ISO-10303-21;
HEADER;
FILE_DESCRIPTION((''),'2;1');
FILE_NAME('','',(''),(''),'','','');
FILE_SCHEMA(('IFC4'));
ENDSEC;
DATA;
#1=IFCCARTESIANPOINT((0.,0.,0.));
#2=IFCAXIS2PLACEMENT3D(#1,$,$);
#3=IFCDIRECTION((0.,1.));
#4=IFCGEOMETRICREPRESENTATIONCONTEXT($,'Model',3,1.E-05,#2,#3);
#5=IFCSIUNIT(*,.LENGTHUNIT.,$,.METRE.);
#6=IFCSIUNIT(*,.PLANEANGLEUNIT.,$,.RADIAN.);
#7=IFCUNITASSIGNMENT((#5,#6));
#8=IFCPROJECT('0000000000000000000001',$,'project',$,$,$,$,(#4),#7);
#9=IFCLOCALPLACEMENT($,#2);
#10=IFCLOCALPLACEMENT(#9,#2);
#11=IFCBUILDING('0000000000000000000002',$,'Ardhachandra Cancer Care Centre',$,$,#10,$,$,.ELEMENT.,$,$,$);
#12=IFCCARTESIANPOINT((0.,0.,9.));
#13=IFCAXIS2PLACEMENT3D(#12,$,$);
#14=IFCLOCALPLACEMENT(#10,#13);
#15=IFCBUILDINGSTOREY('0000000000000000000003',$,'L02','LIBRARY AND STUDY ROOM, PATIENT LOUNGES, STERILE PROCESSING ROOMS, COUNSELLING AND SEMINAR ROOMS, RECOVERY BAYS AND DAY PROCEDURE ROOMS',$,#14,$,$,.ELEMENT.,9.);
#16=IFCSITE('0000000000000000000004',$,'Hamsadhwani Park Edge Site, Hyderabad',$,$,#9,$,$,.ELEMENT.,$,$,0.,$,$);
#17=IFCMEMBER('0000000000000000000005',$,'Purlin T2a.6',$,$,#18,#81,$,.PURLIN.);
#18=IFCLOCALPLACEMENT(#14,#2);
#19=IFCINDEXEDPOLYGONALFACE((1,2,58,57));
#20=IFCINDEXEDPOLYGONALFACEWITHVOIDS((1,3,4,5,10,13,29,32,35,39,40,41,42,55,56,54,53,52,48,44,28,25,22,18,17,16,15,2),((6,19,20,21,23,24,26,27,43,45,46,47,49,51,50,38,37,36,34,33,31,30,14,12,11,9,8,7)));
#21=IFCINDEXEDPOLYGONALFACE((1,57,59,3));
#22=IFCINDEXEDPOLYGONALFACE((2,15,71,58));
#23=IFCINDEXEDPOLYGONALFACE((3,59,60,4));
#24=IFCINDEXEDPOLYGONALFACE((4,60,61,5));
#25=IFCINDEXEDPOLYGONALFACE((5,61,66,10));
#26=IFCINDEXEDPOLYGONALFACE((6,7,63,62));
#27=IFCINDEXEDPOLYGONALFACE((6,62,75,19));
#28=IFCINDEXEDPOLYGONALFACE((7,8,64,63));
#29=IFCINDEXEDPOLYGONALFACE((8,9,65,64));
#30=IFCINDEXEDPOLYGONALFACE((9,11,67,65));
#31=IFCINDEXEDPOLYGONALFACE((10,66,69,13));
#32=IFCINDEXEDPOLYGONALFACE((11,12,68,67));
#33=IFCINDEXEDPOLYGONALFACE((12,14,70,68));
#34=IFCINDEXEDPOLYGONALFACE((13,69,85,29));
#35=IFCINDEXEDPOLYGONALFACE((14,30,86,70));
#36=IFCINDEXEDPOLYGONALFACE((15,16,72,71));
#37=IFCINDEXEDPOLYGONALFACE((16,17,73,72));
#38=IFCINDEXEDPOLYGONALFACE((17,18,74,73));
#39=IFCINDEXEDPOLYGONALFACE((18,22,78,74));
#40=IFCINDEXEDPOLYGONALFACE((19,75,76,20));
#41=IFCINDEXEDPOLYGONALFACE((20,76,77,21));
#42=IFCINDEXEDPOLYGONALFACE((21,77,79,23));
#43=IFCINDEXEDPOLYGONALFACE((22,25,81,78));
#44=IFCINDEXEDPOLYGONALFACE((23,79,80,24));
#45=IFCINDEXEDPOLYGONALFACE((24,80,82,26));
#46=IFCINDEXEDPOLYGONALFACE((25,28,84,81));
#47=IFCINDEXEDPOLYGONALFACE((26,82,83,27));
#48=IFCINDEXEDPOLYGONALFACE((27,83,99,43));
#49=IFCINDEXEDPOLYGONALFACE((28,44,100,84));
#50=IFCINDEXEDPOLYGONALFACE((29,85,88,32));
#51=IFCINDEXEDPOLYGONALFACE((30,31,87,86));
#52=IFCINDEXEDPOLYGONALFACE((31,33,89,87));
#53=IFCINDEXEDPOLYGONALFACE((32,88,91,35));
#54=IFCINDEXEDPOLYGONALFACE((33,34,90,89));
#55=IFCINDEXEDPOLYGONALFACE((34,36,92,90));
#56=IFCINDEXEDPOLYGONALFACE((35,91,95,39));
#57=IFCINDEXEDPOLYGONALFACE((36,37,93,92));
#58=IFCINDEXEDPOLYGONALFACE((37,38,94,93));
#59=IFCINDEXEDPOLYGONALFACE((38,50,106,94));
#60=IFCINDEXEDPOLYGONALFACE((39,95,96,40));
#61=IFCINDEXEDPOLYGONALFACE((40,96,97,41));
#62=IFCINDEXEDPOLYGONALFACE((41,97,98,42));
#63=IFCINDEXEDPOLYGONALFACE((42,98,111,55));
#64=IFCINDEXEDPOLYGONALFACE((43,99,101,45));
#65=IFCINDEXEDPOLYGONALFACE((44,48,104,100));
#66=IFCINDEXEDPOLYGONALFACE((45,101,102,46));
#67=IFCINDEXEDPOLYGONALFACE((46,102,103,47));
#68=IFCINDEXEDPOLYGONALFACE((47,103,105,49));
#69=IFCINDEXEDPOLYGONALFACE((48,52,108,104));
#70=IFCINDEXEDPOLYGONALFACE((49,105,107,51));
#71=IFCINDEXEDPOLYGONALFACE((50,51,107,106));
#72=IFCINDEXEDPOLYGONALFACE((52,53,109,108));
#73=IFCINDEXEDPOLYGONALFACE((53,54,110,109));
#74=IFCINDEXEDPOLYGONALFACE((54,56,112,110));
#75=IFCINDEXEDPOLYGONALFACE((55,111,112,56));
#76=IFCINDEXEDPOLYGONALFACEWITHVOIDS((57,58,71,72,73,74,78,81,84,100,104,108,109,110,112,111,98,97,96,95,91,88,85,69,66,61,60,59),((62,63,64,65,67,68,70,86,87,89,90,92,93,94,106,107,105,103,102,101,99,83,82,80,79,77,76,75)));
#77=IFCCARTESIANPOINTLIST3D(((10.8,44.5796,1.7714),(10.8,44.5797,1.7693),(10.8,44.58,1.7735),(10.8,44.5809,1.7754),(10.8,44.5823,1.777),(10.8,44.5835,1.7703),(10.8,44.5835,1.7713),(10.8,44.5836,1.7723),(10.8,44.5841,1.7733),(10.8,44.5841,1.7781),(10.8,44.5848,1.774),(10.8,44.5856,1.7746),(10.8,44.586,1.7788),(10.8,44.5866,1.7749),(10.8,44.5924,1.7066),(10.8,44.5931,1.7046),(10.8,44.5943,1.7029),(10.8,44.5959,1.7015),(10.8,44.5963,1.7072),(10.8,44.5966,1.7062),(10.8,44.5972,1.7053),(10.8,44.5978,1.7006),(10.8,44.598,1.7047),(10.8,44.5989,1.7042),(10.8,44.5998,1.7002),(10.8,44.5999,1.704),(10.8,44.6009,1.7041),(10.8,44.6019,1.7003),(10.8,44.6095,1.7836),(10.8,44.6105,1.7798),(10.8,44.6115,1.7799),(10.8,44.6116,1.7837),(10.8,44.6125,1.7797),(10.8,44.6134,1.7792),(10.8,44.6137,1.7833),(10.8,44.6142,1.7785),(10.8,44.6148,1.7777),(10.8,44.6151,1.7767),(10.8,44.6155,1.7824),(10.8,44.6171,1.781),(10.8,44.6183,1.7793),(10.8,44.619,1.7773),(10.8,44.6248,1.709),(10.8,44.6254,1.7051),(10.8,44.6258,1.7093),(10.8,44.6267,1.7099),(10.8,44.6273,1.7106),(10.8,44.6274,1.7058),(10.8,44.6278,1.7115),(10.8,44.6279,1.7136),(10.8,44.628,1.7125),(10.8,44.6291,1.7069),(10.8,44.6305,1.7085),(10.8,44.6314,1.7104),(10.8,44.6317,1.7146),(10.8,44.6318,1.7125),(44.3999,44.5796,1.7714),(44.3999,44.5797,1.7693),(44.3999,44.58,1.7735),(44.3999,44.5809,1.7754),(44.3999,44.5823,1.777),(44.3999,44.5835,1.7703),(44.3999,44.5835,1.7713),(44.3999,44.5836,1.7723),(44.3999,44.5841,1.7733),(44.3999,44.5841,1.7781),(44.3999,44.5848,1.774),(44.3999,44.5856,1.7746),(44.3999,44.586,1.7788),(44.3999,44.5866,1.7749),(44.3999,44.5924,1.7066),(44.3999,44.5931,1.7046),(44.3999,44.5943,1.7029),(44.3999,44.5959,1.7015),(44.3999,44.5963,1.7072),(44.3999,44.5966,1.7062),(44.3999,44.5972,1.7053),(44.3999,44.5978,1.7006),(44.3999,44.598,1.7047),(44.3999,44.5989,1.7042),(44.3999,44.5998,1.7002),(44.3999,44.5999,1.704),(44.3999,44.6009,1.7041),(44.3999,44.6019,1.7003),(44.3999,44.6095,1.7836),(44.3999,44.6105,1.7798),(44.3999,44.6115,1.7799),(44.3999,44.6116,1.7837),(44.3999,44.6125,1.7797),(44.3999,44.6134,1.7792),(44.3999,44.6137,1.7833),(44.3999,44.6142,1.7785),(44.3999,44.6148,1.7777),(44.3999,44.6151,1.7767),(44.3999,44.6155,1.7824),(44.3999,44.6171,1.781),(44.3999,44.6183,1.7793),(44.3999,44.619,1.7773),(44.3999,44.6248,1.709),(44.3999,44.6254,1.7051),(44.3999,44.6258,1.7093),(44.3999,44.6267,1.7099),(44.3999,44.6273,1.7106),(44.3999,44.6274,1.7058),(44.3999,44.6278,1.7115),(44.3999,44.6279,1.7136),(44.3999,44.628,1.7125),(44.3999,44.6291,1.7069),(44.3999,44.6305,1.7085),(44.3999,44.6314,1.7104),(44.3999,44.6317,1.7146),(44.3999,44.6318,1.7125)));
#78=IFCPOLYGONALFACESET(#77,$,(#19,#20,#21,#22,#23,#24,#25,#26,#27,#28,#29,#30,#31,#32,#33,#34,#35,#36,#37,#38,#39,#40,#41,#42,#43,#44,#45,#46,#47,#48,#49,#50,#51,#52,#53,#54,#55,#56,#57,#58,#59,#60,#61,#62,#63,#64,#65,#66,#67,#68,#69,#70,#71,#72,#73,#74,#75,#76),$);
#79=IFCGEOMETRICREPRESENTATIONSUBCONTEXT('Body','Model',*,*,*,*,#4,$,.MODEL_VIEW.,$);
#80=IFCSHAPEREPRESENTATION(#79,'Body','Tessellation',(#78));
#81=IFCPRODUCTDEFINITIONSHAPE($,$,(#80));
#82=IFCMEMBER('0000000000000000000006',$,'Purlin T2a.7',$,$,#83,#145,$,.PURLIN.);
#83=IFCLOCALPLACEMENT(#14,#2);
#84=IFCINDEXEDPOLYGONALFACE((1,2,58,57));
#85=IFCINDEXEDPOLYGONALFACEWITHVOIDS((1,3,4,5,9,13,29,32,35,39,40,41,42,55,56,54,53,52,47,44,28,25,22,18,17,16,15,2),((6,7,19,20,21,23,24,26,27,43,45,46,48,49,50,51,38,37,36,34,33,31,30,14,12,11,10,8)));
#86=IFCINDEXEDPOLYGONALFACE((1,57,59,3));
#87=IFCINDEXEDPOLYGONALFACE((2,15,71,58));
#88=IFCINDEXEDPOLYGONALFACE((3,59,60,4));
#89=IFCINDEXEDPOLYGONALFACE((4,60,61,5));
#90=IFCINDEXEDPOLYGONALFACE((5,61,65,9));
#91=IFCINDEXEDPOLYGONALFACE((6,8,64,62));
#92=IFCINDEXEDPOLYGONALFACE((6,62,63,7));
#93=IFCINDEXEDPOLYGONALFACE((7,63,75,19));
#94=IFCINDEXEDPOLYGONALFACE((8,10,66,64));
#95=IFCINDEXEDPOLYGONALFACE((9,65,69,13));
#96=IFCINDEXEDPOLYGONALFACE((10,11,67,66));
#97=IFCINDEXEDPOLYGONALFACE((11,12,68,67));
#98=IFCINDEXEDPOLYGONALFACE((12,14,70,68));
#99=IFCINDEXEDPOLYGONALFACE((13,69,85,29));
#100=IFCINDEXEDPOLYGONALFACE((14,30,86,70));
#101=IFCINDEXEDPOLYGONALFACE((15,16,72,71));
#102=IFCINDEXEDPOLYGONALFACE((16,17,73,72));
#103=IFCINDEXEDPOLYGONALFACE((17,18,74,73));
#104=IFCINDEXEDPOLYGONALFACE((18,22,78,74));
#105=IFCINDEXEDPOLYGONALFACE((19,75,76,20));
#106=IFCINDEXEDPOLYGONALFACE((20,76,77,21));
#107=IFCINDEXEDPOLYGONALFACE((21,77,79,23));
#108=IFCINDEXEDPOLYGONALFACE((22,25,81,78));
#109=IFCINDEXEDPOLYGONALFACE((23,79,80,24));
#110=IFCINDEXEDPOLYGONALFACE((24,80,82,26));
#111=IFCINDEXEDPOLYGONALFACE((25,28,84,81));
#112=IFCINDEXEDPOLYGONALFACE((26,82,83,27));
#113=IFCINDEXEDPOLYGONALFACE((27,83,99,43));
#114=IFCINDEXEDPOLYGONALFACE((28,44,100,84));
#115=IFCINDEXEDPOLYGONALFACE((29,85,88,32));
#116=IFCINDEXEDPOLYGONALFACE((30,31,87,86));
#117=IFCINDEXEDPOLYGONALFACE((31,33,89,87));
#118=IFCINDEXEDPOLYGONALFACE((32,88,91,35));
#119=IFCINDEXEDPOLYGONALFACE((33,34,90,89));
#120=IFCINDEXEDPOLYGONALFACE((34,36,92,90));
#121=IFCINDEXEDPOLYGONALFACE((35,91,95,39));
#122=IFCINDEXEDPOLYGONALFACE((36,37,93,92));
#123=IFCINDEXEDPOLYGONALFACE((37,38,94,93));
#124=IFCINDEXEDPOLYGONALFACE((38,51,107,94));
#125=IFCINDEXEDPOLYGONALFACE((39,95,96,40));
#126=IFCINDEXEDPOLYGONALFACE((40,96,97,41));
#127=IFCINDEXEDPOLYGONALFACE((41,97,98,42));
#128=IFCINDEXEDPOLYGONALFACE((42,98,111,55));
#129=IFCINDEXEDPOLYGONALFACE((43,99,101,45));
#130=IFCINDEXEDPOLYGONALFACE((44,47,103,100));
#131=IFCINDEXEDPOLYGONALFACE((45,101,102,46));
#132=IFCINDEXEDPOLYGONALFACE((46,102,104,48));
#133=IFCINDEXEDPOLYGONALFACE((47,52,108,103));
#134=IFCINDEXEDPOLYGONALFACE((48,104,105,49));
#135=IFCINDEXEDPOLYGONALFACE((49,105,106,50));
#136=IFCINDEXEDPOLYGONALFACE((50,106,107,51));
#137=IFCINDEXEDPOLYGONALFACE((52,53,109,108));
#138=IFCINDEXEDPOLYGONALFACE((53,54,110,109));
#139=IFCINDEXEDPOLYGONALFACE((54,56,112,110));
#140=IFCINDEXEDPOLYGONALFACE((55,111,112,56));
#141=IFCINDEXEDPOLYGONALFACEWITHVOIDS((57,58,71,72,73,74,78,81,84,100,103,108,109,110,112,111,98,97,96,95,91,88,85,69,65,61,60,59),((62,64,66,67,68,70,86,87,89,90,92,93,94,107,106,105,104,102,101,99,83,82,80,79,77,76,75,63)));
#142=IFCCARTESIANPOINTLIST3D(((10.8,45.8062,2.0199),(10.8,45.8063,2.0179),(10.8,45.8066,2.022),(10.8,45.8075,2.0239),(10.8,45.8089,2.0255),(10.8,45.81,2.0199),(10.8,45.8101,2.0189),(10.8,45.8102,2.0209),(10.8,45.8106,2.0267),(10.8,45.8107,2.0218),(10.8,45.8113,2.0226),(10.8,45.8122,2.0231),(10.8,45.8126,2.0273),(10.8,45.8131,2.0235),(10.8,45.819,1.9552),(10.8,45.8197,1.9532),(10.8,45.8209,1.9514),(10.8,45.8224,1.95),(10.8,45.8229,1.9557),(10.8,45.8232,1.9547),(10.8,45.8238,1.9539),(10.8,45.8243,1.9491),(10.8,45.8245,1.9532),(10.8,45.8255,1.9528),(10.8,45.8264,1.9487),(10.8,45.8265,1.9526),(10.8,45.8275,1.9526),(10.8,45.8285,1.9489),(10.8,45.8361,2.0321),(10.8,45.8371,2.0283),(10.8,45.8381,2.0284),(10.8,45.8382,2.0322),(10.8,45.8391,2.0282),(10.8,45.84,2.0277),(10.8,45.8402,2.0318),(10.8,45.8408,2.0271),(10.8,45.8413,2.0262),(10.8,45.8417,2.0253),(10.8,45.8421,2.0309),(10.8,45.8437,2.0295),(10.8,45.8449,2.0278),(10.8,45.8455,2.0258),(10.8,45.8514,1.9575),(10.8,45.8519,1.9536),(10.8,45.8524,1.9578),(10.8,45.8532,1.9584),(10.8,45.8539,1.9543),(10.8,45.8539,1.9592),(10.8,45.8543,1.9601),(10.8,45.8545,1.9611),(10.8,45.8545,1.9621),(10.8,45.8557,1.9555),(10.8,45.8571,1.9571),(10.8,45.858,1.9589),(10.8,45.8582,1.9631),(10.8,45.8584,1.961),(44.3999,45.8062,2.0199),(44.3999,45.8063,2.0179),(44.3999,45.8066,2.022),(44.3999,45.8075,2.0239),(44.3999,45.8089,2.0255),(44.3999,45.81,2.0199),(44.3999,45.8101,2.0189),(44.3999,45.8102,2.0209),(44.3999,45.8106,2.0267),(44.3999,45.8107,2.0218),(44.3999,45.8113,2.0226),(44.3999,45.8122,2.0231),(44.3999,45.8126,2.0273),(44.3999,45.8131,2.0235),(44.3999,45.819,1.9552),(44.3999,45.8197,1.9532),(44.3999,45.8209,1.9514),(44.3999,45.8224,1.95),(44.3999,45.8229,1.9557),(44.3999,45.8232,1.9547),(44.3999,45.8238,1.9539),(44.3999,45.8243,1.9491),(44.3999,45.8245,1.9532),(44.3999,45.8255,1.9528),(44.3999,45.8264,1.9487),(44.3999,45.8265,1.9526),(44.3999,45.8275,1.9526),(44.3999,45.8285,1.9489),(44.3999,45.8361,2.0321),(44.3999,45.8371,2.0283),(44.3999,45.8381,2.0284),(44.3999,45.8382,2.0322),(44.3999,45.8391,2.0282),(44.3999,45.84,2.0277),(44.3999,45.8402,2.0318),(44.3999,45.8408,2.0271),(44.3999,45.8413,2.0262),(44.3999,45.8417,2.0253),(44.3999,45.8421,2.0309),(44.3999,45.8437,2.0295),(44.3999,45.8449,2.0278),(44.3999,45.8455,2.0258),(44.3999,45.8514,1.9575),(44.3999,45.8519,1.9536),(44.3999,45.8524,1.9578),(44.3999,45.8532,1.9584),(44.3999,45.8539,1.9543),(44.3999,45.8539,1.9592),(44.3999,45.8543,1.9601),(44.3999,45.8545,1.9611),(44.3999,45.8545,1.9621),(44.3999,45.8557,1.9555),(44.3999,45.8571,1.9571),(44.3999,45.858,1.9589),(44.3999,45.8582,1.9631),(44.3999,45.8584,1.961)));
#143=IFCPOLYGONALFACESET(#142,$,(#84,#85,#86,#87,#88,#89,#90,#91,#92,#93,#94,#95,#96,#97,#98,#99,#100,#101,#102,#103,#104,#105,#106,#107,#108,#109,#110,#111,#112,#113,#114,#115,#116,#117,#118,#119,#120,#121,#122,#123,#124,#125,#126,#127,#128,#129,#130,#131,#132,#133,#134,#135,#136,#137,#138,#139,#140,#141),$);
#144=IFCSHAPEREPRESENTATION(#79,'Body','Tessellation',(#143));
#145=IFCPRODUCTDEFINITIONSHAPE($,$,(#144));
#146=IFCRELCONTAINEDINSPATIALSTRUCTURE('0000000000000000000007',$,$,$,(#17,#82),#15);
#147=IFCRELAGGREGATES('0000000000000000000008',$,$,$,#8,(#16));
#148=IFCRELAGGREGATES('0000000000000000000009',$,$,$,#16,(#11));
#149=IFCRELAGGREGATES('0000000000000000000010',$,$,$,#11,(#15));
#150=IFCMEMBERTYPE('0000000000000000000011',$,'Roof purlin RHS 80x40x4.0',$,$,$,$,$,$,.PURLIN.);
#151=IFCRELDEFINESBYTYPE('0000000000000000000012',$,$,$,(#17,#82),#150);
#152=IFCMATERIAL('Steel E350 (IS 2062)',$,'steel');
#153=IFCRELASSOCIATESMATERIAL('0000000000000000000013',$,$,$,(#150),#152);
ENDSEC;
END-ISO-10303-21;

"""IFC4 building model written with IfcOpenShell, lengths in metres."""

from ifc_helpers import new_model, si_unit, direction, frame, origin, origin_2d, place, context, subcontext, project, spatial, hollow_rectangle, extrude, material, material_profile, profile_set, type_object, element, save


model = new_model("IFC4")

# Units and contexts
model_context = context("Model", 3, precision=1e-05, world=origin(), true_north=direction((0.0, 1.0)))
body_context = subcontext(model_context, "Body", "Model", "MODEL_VIEW")
ifc_project = project(units=[si_unit("LENGTHUNIT", "METRE"), si_unit("PLANEANGLEUNIT", "RADIAN")], contexts=[model_context])

# Site, building, storey
site_placement = place(None, origin())
site = spatial("IfcSite", under=ifc_project, at=site_placement, Name="Hamsadhwani Park Edge Site, Hyderabad", CompositionType="ELEMENT", RefElevation=0.0)
building_placement = place(site_placement, origin())
building = spatial("IfcBuilding", under=site, at=building_placement, Name="Ardhachandra Cancer Care Centre", CompositionType="ELEMENT")
storey_placement = place(building_placement, frame((0.0, 0.0, 9.0)))
storey = spatial("IfcBuildingStorey", under=building, at=storey_placement, Name="L02", Description="LIBRARY AND STUDY ROOM, PATIENT LOUNGES, STERILE PROCESSING ROOMS, COUNSELLING AND SEMINAR ROOMS, RECOVERY BAYS AND DAY PROCEDURE ROOMS", CompositionType="ELEMENT", Elevation=9.0)

# Members
ifc_material_1 = material(Name="Steel E350 (IS 2062)", Category="steel")
ifc_material_profile_1 = material_profile(ifc_material_1, hollow_rectangle(XDim=0.04, YDim=0.0801, WallThickness=0.0039, InnerFilletRadius=0.0039, OuterFilletRadius=0.0081, at=origin_2d()), Name="RHS 80x40x4.0")
ifc_profile_set_1 = profile_set([ifc_material_profile_1], Name="Steel E350 (IS 2062)")
member_type_1 = type_object("IfcMemberType", Name="Roof purlin RHS 80x40x4.0", PredefinedType="PURLIN", material=ifc_profile_set_1)
for number, where, z_axis, x_axis, name in (
    (1, (10.8, 44.6057, 1.7419), (1.0, 0.0, 0.0), (0.0, 0.980107, 0.198472), "Purlin T2a.6"),
    (2, (10.8, 45.8323, 1.9905), (1.0, 0.0, 0.0), (0.0, 0.980107, 0.198472), "Purlin T2a.7"),
):
    element("IfcMember", number, at=place(storey_placement, frame(where, z_axis=z_axis, x_axis=x_axis)), inside=storey, type_object=member_type_1, Name=name, PredefinedType="PURLIN", context=body_context, shape_type="SweptSolid", body=[
        extrude(hollow_rectangle(XDim=0.04, YDim=0.0801, WallThickness=0.0039, InnerFilletRadius=0.0039, OuterFilletRadius=0.0081, at=origin_2d()), origin(), (0.0, 0.0, 1.0), 33.5999),
    ])

save(model, "model.ifc")
